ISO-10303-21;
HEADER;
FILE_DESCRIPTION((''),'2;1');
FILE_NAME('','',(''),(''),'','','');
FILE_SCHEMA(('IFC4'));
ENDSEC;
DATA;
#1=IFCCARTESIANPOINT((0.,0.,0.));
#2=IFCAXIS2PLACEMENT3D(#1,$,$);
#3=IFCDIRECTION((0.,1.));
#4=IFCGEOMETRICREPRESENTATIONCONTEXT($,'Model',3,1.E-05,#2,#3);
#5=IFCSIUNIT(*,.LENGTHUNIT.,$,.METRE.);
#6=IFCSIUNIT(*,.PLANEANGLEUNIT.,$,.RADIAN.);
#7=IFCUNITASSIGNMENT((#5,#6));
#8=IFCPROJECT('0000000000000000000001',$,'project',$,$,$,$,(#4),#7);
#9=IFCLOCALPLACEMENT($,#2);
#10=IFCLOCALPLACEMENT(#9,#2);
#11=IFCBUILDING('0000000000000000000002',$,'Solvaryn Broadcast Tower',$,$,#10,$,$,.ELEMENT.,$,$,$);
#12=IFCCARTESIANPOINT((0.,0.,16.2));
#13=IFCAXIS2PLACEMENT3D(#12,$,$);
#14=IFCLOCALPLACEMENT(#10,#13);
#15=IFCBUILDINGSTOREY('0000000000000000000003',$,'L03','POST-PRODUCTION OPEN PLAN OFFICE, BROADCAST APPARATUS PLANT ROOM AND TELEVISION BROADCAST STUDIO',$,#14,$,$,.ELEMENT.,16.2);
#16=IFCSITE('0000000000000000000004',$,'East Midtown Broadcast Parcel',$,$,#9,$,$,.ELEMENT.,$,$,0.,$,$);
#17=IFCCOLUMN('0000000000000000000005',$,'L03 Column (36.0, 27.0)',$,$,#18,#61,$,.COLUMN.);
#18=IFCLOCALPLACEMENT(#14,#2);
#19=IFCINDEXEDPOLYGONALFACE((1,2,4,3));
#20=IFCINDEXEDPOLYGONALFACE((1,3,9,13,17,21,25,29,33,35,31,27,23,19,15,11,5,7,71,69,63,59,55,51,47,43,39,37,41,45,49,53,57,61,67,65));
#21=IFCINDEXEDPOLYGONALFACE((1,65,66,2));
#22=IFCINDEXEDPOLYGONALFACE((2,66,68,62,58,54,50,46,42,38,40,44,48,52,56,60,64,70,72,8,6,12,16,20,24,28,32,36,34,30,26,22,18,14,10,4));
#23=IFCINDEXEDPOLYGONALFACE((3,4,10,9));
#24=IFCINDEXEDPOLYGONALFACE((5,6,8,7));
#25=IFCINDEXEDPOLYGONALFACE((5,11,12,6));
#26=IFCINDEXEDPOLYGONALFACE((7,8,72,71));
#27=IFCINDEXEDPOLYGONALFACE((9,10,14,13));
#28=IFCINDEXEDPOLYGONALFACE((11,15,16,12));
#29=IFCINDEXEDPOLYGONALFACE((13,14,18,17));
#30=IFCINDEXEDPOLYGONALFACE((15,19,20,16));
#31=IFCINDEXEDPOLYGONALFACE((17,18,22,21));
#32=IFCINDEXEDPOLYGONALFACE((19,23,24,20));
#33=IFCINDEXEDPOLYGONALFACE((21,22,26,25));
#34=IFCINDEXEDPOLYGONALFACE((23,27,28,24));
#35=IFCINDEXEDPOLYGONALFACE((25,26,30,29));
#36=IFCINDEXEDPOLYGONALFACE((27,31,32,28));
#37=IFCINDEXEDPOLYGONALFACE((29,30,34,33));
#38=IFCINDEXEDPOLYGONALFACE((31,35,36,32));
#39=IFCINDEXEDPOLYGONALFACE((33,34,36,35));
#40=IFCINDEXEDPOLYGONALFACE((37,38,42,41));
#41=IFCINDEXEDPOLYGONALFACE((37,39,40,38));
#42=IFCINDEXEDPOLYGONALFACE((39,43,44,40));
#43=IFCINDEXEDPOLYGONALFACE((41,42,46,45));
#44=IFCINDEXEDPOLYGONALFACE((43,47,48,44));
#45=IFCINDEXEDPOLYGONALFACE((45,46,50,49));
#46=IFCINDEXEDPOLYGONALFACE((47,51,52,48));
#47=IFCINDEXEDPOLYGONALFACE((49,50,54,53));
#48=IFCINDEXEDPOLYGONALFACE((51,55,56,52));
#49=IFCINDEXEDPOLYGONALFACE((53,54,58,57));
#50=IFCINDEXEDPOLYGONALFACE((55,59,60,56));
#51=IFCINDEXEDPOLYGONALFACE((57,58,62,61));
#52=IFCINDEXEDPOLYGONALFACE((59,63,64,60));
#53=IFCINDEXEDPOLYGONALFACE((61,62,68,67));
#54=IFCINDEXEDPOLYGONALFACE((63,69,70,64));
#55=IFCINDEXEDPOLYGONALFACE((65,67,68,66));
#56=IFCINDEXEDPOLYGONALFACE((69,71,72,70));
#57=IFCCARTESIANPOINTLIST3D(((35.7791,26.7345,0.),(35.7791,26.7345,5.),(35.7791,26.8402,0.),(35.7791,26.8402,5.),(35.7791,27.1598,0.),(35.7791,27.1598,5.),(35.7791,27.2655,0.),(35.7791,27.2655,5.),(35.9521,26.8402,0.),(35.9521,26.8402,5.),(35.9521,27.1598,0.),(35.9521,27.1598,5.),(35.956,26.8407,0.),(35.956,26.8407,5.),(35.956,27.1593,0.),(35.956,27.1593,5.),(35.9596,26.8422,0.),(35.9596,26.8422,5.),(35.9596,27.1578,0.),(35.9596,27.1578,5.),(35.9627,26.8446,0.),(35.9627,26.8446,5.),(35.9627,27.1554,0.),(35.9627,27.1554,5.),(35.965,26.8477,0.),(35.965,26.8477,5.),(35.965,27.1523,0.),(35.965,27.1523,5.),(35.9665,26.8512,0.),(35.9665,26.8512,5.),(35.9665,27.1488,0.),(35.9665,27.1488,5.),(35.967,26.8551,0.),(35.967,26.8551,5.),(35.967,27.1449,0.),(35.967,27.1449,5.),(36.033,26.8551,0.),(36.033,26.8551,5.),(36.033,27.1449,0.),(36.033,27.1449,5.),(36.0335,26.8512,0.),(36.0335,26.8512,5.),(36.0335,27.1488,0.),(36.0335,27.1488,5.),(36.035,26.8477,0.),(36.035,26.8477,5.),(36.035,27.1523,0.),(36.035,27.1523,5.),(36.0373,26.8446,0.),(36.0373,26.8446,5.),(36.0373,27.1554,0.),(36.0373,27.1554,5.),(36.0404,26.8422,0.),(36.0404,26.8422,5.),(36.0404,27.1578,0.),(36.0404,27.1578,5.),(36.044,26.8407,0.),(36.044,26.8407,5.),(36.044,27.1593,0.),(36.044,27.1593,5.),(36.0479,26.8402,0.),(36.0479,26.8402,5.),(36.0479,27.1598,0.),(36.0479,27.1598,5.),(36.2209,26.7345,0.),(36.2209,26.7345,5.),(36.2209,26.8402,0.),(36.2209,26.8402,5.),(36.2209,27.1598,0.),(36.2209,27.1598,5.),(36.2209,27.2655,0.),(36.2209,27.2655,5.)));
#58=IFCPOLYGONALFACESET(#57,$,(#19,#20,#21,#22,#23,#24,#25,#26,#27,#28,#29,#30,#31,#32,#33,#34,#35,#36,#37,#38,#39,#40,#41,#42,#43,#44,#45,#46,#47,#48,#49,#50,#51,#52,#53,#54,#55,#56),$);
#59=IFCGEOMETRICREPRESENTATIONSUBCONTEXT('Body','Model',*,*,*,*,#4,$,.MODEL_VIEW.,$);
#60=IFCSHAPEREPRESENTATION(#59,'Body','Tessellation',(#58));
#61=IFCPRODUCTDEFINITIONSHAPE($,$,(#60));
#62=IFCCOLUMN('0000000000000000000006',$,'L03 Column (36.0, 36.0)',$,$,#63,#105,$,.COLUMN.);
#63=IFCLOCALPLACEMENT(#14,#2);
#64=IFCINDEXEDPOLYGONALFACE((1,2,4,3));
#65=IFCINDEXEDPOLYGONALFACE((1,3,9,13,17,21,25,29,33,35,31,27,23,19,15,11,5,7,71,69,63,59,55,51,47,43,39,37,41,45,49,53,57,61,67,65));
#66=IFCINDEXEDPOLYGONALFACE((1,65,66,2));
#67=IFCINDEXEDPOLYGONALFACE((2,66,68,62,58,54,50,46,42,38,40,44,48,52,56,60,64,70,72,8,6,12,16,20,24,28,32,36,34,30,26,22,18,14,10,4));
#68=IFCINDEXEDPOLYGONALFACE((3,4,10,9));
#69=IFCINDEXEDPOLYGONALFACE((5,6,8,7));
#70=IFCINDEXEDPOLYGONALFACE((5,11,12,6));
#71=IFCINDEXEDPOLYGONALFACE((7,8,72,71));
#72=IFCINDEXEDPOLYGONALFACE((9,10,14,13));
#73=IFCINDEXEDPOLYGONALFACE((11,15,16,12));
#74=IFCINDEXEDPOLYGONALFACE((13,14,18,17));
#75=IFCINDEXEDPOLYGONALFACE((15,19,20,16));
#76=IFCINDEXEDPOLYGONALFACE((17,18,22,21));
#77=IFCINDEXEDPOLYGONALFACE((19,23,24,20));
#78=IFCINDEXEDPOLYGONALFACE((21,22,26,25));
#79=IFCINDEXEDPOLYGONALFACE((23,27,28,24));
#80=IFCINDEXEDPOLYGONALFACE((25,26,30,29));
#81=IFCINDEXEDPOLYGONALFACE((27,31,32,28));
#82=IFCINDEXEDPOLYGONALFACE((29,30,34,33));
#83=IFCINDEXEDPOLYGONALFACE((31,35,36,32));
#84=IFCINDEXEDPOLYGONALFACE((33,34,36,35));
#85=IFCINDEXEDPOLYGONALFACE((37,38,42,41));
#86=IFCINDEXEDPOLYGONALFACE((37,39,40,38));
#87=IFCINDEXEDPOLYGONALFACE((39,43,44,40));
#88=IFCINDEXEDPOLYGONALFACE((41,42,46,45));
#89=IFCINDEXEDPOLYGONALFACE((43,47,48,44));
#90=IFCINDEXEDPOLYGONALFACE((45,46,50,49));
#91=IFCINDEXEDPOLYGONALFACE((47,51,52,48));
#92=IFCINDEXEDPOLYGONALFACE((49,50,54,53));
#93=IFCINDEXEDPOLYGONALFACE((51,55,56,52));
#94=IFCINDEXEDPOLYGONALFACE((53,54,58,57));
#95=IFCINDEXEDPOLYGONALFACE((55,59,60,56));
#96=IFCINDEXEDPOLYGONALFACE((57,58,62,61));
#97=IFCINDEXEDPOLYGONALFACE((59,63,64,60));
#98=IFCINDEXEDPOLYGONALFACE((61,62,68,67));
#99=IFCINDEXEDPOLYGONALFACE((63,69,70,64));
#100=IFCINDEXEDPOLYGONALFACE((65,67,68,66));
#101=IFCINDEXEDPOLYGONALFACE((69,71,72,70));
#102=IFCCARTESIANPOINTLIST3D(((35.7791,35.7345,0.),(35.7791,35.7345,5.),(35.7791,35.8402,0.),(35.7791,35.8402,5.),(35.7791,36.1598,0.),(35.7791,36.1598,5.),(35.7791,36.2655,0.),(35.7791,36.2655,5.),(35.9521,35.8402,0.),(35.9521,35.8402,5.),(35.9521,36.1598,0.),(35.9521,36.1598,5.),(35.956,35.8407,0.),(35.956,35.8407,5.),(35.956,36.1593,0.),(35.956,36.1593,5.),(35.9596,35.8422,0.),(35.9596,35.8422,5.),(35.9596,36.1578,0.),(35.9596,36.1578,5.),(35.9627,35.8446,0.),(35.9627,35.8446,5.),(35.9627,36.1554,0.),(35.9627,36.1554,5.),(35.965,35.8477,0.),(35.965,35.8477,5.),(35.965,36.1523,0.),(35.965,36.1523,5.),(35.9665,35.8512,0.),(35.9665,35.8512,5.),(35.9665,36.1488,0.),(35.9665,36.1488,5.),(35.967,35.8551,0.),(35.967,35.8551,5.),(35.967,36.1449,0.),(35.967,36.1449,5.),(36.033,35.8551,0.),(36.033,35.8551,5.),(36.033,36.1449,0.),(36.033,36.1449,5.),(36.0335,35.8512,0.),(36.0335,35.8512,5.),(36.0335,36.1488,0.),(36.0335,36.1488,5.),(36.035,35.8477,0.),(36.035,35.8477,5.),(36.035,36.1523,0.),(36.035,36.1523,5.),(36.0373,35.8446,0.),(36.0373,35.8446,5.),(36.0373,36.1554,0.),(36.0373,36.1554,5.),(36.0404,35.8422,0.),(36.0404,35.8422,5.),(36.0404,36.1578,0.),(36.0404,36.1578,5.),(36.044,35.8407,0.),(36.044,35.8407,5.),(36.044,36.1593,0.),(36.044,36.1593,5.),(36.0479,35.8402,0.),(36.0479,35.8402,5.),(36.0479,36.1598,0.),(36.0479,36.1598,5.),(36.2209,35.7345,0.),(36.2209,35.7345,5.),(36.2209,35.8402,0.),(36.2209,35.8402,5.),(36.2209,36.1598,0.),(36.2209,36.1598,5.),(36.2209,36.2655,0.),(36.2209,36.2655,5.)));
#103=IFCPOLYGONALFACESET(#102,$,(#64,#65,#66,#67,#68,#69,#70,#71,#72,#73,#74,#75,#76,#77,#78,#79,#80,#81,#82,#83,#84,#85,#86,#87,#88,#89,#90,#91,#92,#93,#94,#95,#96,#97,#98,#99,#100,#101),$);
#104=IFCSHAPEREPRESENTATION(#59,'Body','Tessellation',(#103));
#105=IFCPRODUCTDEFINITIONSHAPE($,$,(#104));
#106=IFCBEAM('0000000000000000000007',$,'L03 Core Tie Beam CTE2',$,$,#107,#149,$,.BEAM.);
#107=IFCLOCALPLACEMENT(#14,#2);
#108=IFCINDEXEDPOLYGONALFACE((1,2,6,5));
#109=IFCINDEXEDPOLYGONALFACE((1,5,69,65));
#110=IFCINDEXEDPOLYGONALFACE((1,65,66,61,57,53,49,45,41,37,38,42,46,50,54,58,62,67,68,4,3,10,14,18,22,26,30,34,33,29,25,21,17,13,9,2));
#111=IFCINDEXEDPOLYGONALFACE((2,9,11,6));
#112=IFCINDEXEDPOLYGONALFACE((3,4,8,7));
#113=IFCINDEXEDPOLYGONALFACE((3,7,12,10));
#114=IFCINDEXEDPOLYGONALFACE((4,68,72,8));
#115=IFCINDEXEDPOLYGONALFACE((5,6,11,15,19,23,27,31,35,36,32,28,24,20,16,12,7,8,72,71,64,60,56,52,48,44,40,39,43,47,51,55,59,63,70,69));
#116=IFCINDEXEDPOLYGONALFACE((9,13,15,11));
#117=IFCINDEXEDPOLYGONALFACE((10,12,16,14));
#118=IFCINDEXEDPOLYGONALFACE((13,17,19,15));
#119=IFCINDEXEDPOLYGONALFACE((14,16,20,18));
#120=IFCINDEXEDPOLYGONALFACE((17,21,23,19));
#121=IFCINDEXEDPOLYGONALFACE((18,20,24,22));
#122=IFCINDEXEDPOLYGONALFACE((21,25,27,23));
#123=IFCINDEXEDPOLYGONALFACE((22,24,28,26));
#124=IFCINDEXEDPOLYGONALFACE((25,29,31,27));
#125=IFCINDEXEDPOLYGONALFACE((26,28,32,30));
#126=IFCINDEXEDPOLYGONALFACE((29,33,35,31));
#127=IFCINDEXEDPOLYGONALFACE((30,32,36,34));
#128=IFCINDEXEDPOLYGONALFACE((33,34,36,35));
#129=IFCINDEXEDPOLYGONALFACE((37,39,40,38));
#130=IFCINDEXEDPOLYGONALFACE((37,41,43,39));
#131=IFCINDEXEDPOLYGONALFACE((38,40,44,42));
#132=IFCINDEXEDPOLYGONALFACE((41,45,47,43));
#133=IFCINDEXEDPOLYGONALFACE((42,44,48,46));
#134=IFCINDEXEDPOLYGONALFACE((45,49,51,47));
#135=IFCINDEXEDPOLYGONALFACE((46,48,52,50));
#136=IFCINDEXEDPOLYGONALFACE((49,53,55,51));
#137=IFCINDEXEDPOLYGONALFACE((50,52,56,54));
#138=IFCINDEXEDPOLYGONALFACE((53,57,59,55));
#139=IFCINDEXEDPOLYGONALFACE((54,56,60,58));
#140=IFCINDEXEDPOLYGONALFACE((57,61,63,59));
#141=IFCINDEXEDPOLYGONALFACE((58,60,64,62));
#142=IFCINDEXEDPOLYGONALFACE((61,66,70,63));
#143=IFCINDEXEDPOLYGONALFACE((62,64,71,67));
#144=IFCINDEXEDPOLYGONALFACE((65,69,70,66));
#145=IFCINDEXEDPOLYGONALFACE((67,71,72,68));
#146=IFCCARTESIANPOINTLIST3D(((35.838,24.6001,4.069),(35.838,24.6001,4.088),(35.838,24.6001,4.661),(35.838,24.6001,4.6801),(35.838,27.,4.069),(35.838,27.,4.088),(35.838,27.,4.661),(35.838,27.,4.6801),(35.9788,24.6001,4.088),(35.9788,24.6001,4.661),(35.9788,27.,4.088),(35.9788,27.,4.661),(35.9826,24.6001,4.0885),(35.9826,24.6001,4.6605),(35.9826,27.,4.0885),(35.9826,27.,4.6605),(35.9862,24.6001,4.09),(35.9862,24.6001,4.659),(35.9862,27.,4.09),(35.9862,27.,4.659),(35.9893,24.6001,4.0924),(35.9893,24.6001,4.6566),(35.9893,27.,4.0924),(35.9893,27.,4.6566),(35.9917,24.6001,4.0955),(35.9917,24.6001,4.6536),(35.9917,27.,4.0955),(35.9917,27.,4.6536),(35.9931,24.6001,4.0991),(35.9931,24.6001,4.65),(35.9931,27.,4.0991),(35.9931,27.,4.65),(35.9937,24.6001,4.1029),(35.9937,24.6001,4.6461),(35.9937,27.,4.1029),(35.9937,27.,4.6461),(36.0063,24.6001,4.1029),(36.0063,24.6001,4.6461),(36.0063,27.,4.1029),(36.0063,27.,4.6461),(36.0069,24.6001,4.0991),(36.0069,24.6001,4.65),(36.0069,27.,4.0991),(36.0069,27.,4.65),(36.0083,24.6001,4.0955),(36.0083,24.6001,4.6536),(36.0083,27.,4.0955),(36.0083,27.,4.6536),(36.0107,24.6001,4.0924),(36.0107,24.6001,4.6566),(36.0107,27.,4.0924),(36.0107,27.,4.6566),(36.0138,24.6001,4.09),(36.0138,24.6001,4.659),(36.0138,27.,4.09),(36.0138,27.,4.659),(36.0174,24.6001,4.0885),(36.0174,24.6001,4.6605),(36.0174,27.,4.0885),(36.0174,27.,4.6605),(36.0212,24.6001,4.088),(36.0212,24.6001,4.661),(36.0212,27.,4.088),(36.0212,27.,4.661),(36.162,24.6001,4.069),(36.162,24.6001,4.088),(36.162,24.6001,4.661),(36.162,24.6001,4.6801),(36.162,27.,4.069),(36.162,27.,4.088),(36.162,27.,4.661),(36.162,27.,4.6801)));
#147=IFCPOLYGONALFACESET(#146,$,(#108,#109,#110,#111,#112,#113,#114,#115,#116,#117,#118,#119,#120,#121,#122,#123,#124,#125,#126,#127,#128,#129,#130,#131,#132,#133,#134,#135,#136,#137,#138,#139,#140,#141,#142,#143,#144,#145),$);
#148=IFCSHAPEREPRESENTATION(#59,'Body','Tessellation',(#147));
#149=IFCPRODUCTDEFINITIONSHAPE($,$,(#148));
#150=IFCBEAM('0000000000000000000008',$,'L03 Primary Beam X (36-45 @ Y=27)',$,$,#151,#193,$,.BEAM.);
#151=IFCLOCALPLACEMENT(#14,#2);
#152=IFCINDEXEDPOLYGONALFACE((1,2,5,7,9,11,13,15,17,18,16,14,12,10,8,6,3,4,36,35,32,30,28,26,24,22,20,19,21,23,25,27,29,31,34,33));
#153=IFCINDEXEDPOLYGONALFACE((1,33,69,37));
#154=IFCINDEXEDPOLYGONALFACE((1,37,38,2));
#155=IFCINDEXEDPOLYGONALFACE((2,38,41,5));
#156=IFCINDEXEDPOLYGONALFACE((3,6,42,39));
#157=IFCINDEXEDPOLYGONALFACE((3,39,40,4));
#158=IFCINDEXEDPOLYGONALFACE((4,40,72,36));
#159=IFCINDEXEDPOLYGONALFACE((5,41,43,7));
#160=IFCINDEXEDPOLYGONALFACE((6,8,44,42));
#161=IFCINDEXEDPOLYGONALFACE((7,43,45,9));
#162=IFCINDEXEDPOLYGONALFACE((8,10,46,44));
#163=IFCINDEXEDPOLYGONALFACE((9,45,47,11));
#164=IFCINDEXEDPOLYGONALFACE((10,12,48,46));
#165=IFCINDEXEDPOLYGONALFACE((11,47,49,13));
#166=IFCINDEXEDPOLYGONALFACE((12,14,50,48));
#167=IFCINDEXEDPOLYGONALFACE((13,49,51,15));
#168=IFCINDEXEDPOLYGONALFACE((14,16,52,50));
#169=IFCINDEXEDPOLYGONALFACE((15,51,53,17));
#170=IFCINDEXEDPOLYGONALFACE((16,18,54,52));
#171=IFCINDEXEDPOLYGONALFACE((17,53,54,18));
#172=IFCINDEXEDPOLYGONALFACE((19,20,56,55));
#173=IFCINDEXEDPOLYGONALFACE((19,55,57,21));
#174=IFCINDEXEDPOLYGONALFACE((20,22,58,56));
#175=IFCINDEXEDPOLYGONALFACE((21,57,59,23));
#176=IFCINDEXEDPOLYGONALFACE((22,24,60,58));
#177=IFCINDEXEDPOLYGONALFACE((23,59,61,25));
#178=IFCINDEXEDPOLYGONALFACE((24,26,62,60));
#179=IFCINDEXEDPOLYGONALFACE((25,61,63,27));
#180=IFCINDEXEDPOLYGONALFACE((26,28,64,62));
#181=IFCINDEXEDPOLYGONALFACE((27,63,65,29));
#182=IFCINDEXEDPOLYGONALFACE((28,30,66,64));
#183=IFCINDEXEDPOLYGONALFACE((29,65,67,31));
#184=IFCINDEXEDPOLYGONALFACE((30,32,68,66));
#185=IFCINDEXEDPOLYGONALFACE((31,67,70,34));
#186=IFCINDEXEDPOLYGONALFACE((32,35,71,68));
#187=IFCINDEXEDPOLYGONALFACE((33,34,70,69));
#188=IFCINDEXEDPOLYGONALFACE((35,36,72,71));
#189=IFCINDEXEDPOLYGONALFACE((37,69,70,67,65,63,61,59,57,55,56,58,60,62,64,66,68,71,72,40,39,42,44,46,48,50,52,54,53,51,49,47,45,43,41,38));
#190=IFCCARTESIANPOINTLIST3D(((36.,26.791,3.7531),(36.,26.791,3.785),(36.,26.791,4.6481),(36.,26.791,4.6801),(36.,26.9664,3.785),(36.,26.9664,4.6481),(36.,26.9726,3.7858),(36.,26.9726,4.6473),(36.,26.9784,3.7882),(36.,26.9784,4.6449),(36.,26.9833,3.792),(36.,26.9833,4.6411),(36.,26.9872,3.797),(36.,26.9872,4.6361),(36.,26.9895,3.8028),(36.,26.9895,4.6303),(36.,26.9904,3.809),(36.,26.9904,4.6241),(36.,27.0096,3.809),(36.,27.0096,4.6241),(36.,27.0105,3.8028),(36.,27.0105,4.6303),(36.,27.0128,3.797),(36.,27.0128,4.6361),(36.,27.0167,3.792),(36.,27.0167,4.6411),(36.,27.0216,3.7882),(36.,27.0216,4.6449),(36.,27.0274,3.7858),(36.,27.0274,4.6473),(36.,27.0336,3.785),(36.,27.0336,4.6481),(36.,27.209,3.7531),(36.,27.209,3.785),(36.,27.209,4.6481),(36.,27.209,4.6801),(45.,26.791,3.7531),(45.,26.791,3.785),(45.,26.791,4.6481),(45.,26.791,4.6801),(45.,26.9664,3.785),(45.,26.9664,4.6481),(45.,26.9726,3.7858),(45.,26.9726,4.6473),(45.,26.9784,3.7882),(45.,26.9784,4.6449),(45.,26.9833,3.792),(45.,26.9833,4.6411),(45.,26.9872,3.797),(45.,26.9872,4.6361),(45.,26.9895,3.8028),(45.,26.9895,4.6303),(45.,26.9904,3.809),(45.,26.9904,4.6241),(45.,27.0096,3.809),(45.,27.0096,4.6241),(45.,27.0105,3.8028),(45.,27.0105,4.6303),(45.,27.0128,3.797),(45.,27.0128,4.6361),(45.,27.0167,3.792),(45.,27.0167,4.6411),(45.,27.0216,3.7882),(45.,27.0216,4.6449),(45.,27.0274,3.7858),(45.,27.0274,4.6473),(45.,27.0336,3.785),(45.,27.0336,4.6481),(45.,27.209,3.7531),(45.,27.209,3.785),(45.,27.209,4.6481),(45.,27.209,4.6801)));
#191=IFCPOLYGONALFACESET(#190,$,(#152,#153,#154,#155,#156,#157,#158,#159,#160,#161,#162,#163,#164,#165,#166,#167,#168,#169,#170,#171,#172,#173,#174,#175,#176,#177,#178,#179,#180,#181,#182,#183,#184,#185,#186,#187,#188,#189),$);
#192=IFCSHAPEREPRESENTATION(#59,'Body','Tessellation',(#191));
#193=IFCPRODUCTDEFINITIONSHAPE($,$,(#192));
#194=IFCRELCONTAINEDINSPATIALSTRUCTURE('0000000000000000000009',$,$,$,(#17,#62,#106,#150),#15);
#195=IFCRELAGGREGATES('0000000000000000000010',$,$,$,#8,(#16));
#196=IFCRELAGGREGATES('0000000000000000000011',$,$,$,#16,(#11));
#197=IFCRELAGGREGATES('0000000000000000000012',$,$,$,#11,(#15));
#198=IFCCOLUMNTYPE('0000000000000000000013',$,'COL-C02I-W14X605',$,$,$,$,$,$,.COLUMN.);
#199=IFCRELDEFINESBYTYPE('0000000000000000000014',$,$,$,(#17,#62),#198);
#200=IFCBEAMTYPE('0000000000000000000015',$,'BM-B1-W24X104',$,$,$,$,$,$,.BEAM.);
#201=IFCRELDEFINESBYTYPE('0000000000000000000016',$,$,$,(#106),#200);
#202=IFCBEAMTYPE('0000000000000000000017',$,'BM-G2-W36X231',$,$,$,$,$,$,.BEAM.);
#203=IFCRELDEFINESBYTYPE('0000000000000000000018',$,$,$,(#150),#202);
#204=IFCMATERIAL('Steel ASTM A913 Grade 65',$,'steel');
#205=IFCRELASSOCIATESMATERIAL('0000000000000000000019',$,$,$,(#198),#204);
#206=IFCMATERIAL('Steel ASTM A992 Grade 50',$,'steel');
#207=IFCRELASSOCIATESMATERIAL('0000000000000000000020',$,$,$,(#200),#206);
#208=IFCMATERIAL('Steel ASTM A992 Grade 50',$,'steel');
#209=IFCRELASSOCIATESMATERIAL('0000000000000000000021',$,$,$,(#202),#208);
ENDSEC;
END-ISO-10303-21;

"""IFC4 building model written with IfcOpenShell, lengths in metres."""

from ifc_helpers import new_model, si_unit, direction, frame, origin, origin_2d, place, context, subcontext, project, spatial, i_section, extrude, material, material_profile, profile_set, type_object, element, save


model = new_model("IFC4")

# Units and contexts
model_context = context("Model", 3, precision=1e-05, world=origin(), true_north=direction((0.0, 1.0)))
body_context = subcontext(model_context, "Body", "Model", "MODEL_VIEW")
ifc_project = project(units=[si_unit("LENGTHUNIT", "METRE"), si_unit("PLANEANGLEUNIT", "RADIAN")], contexts=[model_context])

# Site, building, storey
site_placement = place(None, origin())
site = spatial("IfcSite", under=ifc_project, at=site_placement, Name="East Midtown Broadcast Parcel", CompositionType="ELEMENT", RefElevation=0.0)
building_placement = place(site_placement, origin())
building = spatial("IfcBuilding", under=site, at=building_placement, Name="Solvaryn Broadcast Tower", CompositionType="ELEMENT")
storey_placement = place(building_placement, frame((0.0, 0.0, 16.2)))
storey = spatial("IfcBuildingStorey", under=building, at=storey_placement, Name="L03", Description="POST-PRODUCTION OPEN PLAN OFFICE, BROADCAST APPARATUS PLANT ROOM AND TELEVISION BROADCAST STUDIO", CompositionType="ELEMENT", Elevation=16.2)

# Columns
ifc_material_1 = material(Name="Steel ASTM A913 Grade 65", Category="steel")
ifc_material_profile_1 = material_profile(ifc_material_1, i_section(OverallWidth=0.4419, OverallDepth=0.531, WebThickness=0.0659, FlangeThickness=0.1057, FilletRadius=0.0149, at=origin_2d()))
ifc_profile_set_1 = profile_set([ifc_material_profile_1], Name="Steel ASTM A913 Grade 65")
column_type = type_object("IfcColumnType", Name="COL-C02I-W14X605", PredefinedType="COLUMN", material=ifc_profile_set_1)
for number, where, z_axis, x_axis, name in (
    (1, (36.0, 27.0, 0.0), (0.0, 0.0, 1.0), (1.0, 0.0, 0.0), "L03 Column (36.0, 27.0)"),
    (2, (36.0, 36.0, 0.0), (0.0, 0.0, 1.0), (1.0, 0.0, 0.0), "L03 Column (36.0, 36.0)"),
):
    element("IfcColumn", number, at=place(storey_placement, frame(where, z_axis=z_axis, x_axis=x_axis)), inside=storey, type_object=column_type, Name=name, PredefinedType="COLUMN", context=body_context, shape_type="SweptSolid", body=[
        extrude(i_section(OverallWidth=0.4419, OverallDepth=0.531, WebThickness=0.0659, FlangeThickness=0.1057, FilletRadius=0.0149, at=origin_2d()), origin(), (0.0, 0.0, 1.0), 5.0),
    ])

# Beams
ifc_material_2 = material(Name="Steel ASTM A992 Grade 50", Category="steel")
ifc_material_profile_2 = material_profile(ifc_material_2, i_section(OverallWidth=0.324, OverallDepth=0.6111, WebThickness=0.0127, FlangeThickness=0.019, FilletRadius=0.0149, at=origin_2d()))
ifc_profile_set_2 = profile_set([ifc_material_profile_2], Name="Steel ASTM A992 Grade 50")
beam_type_1 = type_object("IfcBeamType", Name="BM-B1-W24X104", PredefinedType="BEAM", material=ifc_profile_set_2)
beam_placement = place(storey_placement, frame((36.0, 24.6001, 4.3745), z_axis=(0.0, 1.0, 0.0), x_axis=(-1.0, 0.0, 0.0)))
element("IfcBeam", 3, at=beam_placement, inside=storey, type_object=beam_type_1, Name="L03 Core Tie Beam CTE2", PredefinedType="BEAM", context=body_context, shape_type="SweptSolid", body=[
    extrude(i_section(OverallWidth=0.324, OverallDepth=0.6111, WebThickness=0.0127, FlangeThickness=0.019, FilletRadius=0.0149, at=origin_2d()), origin(), (0.0, 0.0, 1.0), 2.3999),
])
ifc_material_3 = material(Name="Steel ASTM A992 Grade 50", Category="steel")
ifc_material_profile_3 = material_profile(ifc_material_3, i_section(OverallWidth=0.418, OverallDepth=0.927, WebThickness=0.0193, FlangeThickness=0.032, FilletRadius=0.0239, at=origin_2d()))
ifc_profile_set_3 = profile_set([ifc_material_profile_3], Name="Steel ASTM A992 Grade 50")
beam_type_2 = type_object("IfcBeamType", Name="BM-G2-W36X231", PredefinedType="BEAM", material=ifc_profile_set_3)
for number, where, z_axis, x_axis, name in (
    (4, (36.0, 27.0, 4.2166), (1.0, 0.0, 0.0), (0.0, 1.0, 0.0), "L03 Primary Beam X (36-45 @ Y=27)"),
):
    element("IfcBeam", number, at=place(storey_placement, frame(where, z_axis=z_axis, x_axis=x_axis)), inside=storey, type_object=beam_type_2, Name=name, PredefinedType="BEAM", context=body_context, shape_type="SweptSolid", body=[
        extrude(i_section(OverallWidth=0.418, OverallDepth=0.927, WebThickness=0.0193, FlangeThickness=0.032, FilletRadius=0.0239, at=origin_2d()), origin(), (0.0, 0.0, 1.0), 9.0),
    ])

save(model, "model.ifc")
